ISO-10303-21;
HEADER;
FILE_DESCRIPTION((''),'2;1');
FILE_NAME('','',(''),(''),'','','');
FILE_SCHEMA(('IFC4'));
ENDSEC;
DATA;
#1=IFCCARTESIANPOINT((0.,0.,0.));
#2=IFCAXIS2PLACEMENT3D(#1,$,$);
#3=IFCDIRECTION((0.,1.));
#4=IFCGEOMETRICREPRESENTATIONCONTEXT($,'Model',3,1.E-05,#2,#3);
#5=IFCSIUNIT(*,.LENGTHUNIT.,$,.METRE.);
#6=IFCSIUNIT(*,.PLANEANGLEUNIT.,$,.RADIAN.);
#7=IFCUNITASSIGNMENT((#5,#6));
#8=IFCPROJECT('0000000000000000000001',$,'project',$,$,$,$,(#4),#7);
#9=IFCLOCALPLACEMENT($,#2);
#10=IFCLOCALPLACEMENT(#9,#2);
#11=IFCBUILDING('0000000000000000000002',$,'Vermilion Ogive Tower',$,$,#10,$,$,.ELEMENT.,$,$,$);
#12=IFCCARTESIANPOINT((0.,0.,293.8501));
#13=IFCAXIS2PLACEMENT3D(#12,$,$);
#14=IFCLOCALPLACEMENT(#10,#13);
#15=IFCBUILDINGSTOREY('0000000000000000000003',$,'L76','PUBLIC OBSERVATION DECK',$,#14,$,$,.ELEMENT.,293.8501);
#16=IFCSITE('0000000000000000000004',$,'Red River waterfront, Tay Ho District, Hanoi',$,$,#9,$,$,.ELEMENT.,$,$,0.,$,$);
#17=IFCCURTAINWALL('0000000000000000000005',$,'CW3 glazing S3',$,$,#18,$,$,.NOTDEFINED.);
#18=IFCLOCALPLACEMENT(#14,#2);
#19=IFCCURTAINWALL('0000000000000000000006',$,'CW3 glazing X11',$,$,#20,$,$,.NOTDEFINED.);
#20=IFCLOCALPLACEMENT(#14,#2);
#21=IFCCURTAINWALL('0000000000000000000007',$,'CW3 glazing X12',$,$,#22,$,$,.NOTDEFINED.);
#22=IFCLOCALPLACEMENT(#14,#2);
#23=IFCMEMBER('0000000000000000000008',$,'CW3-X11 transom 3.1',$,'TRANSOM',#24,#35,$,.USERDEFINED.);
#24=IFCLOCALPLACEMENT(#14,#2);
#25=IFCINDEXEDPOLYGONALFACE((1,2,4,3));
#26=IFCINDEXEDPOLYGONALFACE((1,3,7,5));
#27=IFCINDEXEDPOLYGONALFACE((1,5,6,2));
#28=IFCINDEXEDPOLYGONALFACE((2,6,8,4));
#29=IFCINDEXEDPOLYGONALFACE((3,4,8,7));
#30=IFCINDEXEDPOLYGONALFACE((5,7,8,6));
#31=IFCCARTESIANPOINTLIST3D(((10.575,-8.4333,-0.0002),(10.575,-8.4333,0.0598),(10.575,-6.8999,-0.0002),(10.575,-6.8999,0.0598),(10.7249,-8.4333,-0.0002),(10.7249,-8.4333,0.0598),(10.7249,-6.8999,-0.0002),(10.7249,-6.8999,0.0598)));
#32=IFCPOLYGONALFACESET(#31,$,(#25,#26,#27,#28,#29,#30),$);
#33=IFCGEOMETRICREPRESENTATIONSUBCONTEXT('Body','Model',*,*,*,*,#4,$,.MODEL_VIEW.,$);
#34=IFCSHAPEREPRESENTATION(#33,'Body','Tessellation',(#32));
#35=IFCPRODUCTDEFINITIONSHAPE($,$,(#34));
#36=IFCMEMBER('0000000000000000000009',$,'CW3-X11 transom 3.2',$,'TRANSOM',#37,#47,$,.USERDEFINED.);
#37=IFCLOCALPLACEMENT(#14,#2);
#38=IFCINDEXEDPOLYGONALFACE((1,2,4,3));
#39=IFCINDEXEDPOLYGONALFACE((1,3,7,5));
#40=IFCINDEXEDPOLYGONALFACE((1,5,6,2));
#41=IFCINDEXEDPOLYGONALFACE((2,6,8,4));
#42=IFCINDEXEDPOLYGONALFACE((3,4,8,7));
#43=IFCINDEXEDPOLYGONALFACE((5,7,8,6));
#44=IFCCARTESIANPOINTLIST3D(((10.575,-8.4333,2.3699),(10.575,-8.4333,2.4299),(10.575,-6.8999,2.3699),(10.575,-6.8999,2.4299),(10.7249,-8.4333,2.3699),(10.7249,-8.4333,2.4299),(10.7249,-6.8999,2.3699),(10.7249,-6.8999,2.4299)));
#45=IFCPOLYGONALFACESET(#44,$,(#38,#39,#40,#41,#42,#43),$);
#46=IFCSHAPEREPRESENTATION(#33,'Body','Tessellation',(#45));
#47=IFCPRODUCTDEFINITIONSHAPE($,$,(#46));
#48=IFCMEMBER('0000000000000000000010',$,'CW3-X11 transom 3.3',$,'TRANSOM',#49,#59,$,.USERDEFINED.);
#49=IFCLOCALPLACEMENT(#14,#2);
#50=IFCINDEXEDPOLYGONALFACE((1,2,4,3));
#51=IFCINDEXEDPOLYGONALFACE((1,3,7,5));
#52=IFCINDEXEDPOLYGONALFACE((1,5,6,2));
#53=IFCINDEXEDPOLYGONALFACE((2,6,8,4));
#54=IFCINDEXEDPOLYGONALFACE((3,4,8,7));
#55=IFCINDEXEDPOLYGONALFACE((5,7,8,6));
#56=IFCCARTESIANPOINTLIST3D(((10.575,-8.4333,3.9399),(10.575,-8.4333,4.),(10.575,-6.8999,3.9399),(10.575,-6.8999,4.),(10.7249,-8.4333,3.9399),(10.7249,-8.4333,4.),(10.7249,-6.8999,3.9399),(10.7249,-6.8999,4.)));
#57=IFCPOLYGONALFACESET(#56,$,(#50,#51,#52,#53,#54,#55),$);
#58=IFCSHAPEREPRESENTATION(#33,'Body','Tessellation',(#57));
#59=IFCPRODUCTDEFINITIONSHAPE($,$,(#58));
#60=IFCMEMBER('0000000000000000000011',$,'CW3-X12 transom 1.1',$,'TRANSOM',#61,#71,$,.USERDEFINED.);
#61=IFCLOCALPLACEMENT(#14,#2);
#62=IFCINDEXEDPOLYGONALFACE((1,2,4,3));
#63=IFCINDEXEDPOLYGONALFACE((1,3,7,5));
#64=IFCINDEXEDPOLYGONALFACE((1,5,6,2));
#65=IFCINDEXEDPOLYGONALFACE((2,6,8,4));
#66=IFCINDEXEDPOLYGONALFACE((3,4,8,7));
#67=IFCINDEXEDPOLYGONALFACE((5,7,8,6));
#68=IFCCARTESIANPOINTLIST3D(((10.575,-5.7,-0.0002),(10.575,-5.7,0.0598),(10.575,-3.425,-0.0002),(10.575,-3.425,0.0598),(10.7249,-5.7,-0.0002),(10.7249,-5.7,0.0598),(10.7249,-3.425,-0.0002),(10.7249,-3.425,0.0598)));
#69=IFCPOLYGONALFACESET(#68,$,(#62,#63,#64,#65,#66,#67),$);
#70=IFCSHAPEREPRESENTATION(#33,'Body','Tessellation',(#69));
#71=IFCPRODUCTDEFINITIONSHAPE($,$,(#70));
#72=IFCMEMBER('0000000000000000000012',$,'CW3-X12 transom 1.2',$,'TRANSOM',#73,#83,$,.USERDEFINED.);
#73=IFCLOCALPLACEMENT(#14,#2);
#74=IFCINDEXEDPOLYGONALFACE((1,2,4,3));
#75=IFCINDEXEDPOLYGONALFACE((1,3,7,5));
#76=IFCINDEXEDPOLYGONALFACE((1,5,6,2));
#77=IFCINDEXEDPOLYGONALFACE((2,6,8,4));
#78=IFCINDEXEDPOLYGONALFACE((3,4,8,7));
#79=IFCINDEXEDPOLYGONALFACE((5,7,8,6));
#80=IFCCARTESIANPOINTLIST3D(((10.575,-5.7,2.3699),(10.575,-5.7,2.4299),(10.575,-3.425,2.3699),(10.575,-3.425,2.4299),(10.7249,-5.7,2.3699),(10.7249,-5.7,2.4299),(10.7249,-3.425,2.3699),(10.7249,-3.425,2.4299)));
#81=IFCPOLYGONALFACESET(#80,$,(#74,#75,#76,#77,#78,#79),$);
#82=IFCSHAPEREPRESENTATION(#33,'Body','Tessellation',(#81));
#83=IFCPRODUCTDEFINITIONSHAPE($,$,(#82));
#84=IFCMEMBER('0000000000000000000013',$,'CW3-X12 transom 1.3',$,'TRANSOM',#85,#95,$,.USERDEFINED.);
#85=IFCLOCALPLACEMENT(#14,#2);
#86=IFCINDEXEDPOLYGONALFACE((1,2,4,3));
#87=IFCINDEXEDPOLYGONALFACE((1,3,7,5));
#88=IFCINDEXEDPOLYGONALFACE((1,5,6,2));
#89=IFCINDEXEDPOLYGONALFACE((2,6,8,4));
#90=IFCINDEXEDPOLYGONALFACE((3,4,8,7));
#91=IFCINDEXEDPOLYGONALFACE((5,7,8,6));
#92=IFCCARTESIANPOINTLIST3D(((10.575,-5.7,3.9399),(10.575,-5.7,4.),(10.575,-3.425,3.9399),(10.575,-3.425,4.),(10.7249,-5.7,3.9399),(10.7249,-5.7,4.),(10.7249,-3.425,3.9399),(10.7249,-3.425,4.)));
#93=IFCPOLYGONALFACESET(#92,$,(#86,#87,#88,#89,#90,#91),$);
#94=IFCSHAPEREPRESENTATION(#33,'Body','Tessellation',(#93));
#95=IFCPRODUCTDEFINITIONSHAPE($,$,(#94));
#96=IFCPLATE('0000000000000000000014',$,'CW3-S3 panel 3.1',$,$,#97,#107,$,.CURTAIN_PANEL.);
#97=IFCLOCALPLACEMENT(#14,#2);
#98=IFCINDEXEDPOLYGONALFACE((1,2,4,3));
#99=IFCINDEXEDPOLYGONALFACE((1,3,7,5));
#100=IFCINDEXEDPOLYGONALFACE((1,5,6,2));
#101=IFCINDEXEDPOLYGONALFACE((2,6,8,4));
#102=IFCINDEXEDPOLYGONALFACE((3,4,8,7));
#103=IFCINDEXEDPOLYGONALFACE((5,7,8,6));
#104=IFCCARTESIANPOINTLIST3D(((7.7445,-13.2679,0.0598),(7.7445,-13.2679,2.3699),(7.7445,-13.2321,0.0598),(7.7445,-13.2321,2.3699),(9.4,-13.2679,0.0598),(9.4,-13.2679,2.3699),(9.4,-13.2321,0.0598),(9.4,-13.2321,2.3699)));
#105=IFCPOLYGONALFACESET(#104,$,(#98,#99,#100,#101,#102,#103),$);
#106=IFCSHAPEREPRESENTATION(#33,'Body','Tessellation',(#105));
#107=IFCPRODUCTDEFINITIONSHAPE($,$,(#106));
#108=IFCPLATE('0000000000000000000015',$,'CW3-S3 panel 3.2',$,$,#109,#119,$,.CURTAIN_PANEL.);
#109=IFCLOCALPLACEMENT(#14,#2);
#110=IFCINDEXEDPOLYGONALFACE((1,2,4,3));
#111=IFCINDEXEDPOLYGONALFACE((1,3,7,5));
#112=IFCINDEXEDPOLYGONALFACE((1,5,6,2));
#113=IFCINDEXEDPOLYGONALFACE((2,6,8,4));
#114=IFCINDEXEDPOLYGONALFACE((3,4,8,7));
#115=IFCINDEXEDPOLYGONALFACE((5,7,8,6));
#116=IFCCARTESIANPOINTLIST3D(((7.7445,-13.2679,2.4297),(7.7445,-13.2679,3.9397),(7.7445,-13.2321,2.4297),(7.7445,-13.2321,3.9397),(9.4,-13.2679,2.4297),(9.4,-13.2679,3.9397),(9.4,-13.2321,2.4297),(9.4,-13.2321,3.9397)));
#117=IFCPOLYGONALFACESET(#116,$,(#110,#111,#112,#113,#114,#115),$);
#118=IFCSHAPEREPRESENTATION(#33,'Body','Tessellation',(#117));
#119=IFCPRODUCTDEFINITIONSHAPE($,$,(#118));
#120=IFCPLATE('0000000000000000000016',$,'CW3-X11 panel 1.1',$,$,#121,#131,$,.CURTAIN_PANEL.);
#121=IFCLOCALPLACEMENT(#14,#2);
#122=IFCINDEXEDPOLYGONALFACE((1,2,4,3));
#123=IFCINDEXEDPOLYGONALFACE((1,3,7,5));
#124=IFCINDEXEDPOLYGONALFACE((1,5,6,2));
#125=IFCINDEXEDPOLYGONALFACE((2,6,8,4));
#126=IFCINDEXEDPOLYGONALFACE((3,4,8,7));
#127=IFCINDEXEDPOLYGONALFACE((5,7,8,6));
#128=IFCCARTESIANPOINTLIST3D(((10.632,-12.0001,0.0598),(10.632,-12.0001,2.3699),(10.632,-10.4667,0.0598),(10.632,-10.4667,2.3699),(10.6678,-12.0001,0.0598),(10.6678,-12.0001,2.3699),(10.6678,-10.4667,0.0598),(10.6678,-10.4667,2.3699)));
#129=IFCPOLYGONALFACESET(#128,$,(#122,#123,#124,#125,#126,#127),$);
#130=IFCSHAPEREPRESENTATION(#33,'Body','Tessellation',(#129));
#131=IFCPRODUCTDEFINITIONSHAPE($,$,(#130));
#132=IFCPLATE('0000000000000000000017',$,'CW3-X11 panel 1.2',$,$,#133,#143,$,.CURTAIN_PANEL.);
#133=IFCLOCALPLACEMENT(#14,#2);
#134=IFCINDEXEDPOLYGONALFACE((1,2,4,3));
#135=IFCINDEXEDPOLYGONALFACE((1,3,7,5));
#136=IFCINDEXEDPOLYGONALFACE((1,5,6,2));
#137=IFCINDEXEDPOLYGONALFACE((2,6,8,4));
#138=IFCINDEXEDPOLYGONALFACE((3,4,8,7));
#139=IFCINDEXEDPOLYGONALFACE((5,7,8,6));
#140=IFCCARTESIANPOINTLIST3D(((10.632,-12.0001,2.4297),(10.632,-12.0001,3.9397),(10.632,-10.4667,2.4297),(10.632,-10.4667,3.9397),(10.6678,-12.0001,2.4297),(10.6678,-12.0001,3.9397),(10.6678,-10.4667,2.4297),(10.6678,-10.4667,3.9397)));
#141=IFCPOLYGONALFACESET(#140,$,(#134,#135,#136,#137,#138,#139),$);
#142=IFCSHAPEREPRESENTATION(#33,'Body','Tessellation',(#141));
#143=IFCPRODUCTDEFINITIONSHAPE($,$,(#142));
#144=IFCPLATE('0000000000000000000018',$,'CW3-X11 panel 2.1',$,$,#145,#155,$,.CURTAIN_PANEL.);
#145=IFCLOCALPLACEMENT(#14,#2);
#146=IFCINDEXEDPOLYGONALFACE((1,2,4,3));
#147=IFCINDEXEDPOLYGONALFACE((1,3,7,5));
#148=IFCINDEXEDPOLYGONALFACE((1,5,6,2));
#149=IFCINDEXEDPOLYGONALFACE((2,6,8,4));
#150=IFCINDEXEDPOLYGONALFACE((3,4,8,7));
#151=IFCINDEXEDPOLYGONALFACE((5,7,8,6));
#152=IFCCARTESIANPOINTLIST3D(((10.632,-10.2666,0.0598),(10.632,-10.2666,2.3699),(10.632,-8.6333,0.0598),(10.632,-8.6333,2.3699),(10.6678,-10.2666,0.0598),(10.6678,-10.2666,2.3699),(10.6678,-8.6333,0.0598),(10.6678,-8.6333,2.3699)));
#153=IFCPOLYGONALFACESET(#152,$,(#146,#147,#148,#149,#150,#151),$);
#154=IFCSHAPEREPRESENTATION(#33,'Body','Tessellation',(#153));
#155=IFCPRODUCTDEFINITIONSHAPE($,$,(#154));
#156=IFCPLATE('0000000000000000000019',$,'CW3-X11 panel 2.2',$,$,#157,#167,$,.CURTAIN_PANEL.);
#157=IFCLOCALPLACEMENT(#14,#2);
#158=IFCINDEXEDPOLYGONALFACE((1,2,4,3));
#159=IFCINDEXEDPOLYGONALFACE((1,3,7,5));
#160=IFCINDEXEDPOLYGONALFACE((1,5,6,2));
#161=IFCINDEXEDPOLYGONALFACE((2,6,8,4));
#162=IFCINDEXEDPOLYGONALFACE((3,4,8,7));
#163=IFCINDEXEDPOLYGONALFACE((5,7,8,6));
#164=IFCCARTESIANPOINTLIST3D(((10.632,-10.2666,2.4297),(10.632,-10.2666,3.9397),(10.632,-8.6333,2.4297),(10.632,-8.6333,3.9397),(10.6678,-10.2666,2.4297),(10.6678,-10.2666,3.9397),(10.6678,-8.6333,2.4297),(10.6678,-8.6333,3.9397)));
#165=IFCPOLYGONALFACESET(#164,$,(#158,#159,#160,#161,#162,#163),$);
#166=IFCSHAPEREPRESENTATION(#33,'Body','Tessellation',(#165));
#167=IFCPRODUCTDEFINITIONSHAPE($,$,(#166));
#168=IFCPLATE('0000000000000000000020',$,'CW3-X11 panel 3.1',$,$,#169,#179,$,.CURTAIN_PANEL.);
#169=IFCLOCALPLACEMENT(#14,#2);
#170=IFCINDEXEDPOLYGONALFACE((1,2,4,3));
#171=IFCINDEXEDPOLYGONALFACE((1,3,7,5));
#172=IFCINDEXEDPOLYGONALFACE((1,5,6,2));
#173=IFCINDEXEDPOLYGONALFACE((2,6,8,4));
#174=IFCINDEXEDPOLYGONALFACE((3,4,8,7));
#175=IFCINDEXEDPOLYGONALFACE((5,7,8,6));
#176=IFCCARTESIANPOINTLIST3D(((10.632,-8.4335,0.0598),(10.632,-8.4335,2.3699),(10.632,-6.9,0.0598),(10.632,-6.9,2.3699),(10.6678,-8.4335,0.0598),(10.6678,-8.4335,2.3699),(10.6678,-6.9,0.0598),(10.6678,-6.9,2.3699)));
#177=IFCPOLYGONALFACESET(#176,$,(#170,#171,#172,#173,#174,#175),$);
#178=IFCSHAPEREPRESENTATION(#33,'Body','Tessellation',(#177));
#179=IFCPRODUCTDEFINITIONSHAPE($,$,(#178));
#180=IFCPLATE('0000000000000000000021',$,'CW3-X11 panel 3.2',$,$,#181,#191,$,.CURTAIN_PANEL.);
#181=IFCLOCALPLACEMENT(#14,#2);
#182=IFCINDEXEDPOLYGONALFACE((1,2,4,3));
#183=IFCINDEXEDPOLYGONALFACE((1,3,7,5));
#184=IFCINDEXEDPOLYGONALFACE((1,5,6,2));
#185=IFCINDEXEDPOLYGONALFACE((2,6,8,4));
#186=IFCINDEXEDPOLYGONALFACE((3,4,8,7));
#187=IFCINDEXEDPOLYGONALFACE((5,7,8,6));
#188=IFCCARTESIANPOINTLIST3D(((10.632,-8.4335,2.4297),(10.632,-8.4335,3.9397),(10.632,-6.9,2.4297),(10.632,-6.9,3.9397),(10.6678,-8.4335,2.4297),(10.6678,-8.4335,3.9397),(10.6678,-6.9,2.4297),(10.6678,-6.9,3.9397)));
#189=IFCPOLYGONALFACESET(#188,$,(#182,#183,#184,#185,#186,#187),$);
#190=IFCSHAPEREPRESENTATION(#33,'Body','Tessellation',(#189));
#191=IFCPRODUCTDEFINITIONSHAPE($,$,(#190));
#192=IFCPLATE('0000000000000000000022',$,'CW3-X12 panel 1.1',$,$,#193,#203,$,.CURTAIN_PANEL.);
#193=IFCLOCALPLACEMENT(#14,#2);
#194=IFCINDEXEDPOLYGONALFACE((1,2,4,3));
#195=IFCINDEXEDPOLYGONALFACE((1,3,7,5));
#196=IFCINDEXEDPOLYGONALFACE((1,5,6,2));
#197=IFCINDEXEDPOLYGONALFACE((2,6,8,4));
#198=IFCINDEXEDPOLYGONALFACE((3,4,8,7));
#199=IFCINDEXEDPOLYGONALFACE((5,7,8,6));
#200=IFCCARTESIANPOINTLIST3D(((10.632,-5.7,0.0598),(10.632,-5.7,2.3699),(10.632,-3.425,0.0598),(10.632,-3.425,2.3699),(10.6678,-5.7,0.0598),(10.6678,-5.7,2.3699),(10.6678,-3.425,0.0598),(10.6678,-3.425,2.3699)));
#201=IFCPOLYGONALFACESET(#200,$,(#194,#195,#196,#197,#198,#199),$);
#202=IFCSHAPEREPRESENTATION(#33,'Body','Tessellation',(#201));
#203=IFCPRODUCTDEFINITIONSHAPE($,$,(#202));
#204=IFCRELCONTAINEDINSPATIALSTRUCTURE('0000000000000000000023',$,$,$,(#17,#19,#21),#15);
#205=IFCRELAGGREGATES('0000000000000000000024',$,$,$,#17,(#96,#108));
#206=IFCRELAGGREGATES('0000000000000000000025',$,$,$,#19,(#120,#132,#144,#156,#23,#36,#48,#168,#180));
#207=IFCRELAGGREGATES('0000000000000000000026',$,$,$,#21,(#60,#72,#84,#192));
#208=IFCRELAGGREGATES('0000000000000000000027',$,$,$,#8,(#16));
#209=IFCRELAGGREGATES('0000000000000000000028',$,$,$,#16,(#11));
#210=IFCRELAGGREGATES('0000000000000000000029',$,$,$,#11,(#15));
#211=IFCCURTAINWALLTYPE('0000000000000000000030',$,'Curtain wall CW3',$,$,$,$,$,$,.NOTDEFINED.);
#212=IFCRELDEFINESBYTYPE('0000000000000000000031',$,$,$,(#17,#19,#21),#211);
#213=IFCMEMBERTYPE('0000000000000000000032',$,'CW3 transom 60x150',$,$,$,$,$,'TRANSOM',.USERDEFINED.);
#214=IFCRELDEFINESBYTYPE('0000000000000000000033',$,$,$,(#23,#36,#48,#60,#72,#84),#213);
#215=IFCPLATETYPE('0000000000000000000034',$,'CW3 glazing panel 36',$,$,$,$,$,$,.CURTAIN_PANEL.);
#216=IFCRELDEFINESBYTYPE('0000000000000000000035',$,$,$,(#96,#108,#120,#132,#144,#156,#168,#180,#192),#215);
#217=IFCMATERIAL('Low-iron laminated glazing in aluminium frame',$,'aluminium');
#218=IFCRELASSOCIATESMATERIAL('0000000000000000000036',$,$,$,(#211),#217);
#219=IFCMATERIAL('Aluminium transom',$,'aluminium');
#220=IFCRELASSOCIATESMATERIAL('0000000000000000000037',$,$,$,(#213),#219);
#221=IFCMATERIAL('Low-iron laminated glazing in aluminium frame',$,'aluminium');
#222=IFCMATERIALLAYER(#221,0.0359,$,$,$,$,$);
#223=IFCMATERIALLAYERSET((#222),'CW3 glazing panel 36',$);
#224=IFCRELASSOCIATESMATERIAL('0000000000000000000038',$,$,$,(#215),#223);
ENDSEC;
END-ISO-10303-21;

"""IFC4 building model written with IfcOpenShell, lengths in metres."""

from ifc_helpers import new_model, si_unit, direction, frame, origin, origin_2d, place, context, subcontext, project, spatial, rectangle, extrude, material, layer, layer_set, material_profile, profile_set, type_object, element, aggregate, save


model = new_model("IFC4")

# Units and contexts
model_context = context("Model", 3, precision=1e-05, world=origin(), true_north=direction((0.0, 1.0)))
body_context = subcontext(model_context, "Body", "Model", "MODEL_VIEW")
ifc_project = project(units=[si_unit("LENGTHUNIT", "METRE"), si_unit("PLANEANGLEUNIT", "RADIAN")], contexts=[model_context])

# Site, building, storey
site_placement = place(None, origin())
site = spatial("IfcSite", under=ifc_project, at=site_placement, Name="Red River waterfront, Tay Ho District, Hanoi", CompositionType="ELEMENT", RefElevation=0.0)
building_placement = place(site_placement, origin())
building = spatial("IfcBuilding", under=site, at=building_placement, Name="Vermilion Ogive Tower", CompositionType="ELEMENT")
storey_placement = place(building_placement, frame((0.0, 0.0, 293.8501)))
storey = spatial("IfcBuildingStorey", under=building, at=storey_placement, Name="L76", Description="PUBLIC OBSERVATION DECK", CompositionType="ELEMENT", Elevation=293.8501)

# Curtain wall
ifc_material_1 = material(Name="Low-iron laminated glazing in aluminium frame", Category="aluminium")
curtain_wall_type = type_object("IfcCurtainWallType", Name="Curtain wall CW3", PredefinedType="NOTDEFINED", material=ifc_material_1)
curtain_wall_1_placement = place(storey_placement, origin())
curtain_wall_1 = element("IfcCurtainWall", 1, at=curtain_wall_1_placement, inside=storey, type_object=curtain_wall_type, Name="CW3 glazing S3", PredefinedType="NOTDEFINED")

# Curtain walls
curtain_wall_2_placement = place(storey_placement, origin())
curtain_wall_2 = element("IfcCurtainWall", 2, at=curtain_wall_2_placement, inside=storey, type_object=curtain_wall_type, Name="CW3 glazing X11", PredefinedType="NOTDEFINED")
curtain_wall_3_placement = place(storey_placement, origin())
curtain_wall_3 = element("IfcCurtainWall", 3, at=curtain_wall_3_placement, inside=storey, type_object=curtain_wall_type, Name="CW3 glazing X12", PredefinedType="NOTDEFINED")

# Members
ifc_material_2 = material(Name="Aluminium transom", Category="aluminium")
ifc_material_profile_1 = material_profile(ifc_material_2, rectangle(XDim=0.1499, YDim=0.0601, at=origin_2d()), Name="AL 60x150")
ifc_profile_set_1 = profile_set([ifc_material_profile_1], Name="Aluminium transom")
member_type_1 = type_object("IfcMemberType", Name="CW3 transom 60x150", ElementType="TRANSOM", PredefinedType="USERDEFINED", material=ifc_profile_set_1)
member_1_placement = place(storey_placement, frame((10.6499, -8.4333, 0.0298), z_axis=(0.0, 1.0, 0.0), x_axis=(-1.0, 0.0, 0.0)))
member_1 = element("IfcMember", 4, at=member_1_placement, type_object=member_type_1, Name="CW3-X11 transom 3.1", ObjectType="TRANSOM", PredefinedType="USERDEFINED", context=body_context, shape_type="SweptSolid", body=[
    extrude(rectangle(XDim=0.1499, YDim=0.0601, at=origin_2d()), origin(), (0.0, 0.0, 1.0), 1.5334),
])
member_2_placement = place(storey_placement, frame((10.6499, -8.4333, 2.3999), z_axis=(0.0, 1.0, 0.0), x_axis=(-1.0, 0.0, 0.0)))
member_2 = element("IfcMember", 5, at=member_2_placement, type_object=member_type_1, Name="CW3-X11 transom 3.2", ObjectType="TRANSOM", PredefinedType="USERDEFINED", context=body_context, shape_type="SweptSolid", body=[
    extrude(rectangle(XDim=0.1499, YDim=0.0601, at=origin_2d()), origin(), (0.0, 0.0, 1.0), 1.5334),
])
member_3_placement = place(storey_placement, frame((10.6499, -8.4333, 3.97), z_axis=(0.0, 1.0, 0.0), x_axis=(-1.0, 0.0, 0.0)))
member_3 = element("IfcMember", 6, at=member_3_placement, type_object=member_type_1, Name="CW3-X11 transom 3.3", ObjectType="TRANSOM", PredefinedType="USERDEFINED", context=body_context, shape_type="SweptSolid", body=[
    extrude(rectangle(XDim=0.1499, YDim=0.0601, at=origin_2d()), origin(), (0.0, 0.0, 1.0), 1.5334),
])
member_4_placement = place(storey_placement, frame((10.6499, -5.7, 0.0298), z_axis=(0.0, 1.0, 0.0), x_axis=(-1.0, 0.0, 0.0)))
member_4 = element("IfcMember", 7, at=member_4_placement, type_object=member_type_1, Name="CW3-X12 transom 1.1", ObjectType="TRANSOM", PredefinedType="USERDEFINED", context=body_context, shape_type="SweptSolid", body=[
    extrude(rectangle(XDim=0.1499, YDim=0.0601, at=origin_2d()), origin(), (0.0, 0.0, 1.0), 2.2749),
])
member_5_placement = place(storey_placement, frame((10.6499, -5.7, 2.3999), z_axis=(0.0, 1.0, 0.0), x_axis=(-1.0, 0.0, 0.0)))
member_5 = element("IfcMember", 8, at=member_5_placement, type_object=member_type_1, Name="CW3-X12 transom 1.2", ObjectType="TRANSOM", PredefinedType="USERDEFINED", context=body_context, shape_type="SweptSolid", body=[
    extrude(rectangle(XDim=0.1499, YDim=0.0601, at=origin_2d()), origin(), (0.0, 0.0, 1.0), 2.2749),
])
member_6_placement = place(storey_placement, frame((10.6499, -5.7, 3.97), z_axis=(0.0, 1.0, 0.0), x_axis=(-1.0, 0.0, 0.0)))
member_6 = element("IfcMember", 9, at=member_6_placement, type_object=member_type_1, Name="CW3-X12 transom 1.3", ObjectType="TRANSOM", PredefinedType="USERDEFINED", context=body_context, shape_type="SweptSolid", body=[
    extrude(rectangle(XDim=0.1499, YDim=0.0601, at=origin_2d()), origin(), (0.0, 0.0, 1.0), 2.2749),
])

# Plates
ifc_material_3 = material(Name="Low-iron laminated glazing in aluminium frame", Category="aluminium")
ifc_layer_1 = layer(ifc_material_3, 0.0359)
ifc_layer_set_1 = layer_set([ifc_layer_1], Name="CW3 glazing panel 36")
plate_type = type_object("IfcPlateType", Name="CW3 glazing panel 36", PredefinedType="CURTAIN_PANEL", material=ifc_layer_set_1)
plate_1_placement = place(storey_placement, frame((8.5723, -13.25, 0.0598), z_axis=(0.0, 0.0, 1.0), x_axis=(1.0, 0.0, 0.0)))
plate_1 = element("IfcPlate", 10, at=plate_1_placement, type_object=plate_type, Name="CW3-S3 panel 3.1", PredefinedType="CURTAIN_PANEL", context=body_context, shape_type="SweptSolid", body=[
    extrude(rectangle(XDim=1.6555, YDim=0.0359, at=origin_2d()), origin(), (0.0, 0.0, 1.0), 2.3101),
])
plate_2_placement = place(storey_placement, frame((8.5723, -13.25, 2.4297), z_axis=(0.0, 0.0, 1.0), x_axis=(1.0, 0.0, 0.0)))
plate_2 = element("IfcPlate", 11, at=plate_2_placement, type_object=plate_type, Name="CW3-S3 panel 3.2", PredefinedType="CURTAIN_PANEL", context=body_context, shape_type="SweptSolid", body=[
    extrude(rectangle(XDim=1.6555, YDim=0.0359, at=origin_2d()), origin(), (0.0, 0.0, 1.0), 1.51),
])
aggregate(curtain_wall_1, [plate_1, plate_2])
plate_3_placement = place(storey_placement, frame((10.6499, -11.2334, 0.0598), z_axis=(0.0, 0.0, 1.0), x_axis=(0.0, 1.0, 0.0)))
plate_3 = element("IfcPlate", 12, at=plate_3_placement, type_object=plate_type, Name="CW3-X11 panel 1.1", PredefinedType="CURTAIN_PANEL", context=body_context, shape_type="SweptSolid", body=[
    extrude(rectangle(XDim=1.5334, YDim=0.0359, at=origin_2d()), origin(), (0.0, 0.0, 1.0), 2.3101),
])
plate_4_placement = place(storey_placement, frame((10.6499, -11.2334, 2.4297), z_axis=(0.0, 0.0, 1.0), x_axis=(0.0, 1.0, 0.0)))
plate_4 = element("IfcPlate", 13, at=plate_4_placement, type_object=plate_type, Name="CW3-X11 panel 1.2", PredefinedType="CURTAIN_PANEL", context=body_context, shape_type="SweptSolid", body=[
    extrude(rectangle(XDim=1.5334, YDim=0.0359, at=origin_2d()), origin(), (0.0, 0.0, 1.0), 1.51),
])
plate_5_placement = place(storey_placement, frame((10.6499, -9.45, 0.0598), z_axis=(0.0, 0.0, 1.0), x_axis=(0.0, 1.0, 0.0)))
plate_5 = element("IfcPlate", 14, at=plate_5_placement, type_object=plate_type, Name="CW3-X11 panel 2.1", PredefinedType="CURTAIN_PANEL", context=body_context, shape_type="SweptSolid", body=[
    extrude(rectangle(XDim=1.6333, YDim=0.0359, at=origin_2d()), origin(), (0.0, 0.0, 1.0), 2.3101),
])
plate_6_placement = place(storey_placement, frame((10.6499, -9.45, 2.4297), z_axis=(0.0, 0.0, 1.0), x_axis=(0.0, 1.0, 0.0)))
plate_6 = element("IfcPlate", 15, at=plate_6_placement, type_object=plate_type, Name="CW3-X11 panel 2.2", PredefinedType="CURTAIN_PANEL", context=body_context, shape_type="SweptSolid", body=[
    extrude(rectangle(XDim=1.6333, YDim=0.0359, at=origin_2d()), origin(), (0.0, 0.0, 1.0), 1.51),
])
plate_7_placement = place(storey_placement, frame((10.6499, -7.6667, 0.0598), z_axis=(0.0, 0.0, 1.0), x_axis=(0.0, 1.0, 0.0)))
plate_7 = element("IfcPlate", 16, at=plate_7_placement, type_object=plate_type, Name="CW3-X11 panel 3.1", PredefinedType="CURTAIN_PANEL", context=body_context, shape_type="SweptSolid", body=[
    extrude(rectangle(XDim=1.5334, YDim=0.0359, at=origin_2d()), origin(), (0.0, 0.0, 1.0), 2.3101),
])
plate_8_placement = place(storey_placement, frame((10.6499, -7.6667, 2.4297), z_axis=(0.0, 0.0, 1.0), x_axis=(0.0, 1.0, 0.0)))
plate_8 = element("IfcPlate", 17, at=plate_8_placement, type_object=plate_type, Name="CW3-X11 panel 3.2", PredefinedType="CURTAIN_PANEL", context=body_context, shape_type="SweptSolid", body=[
    extrude(rectangle(XDim=1.5334, YDim=0.0359, at=origin_2d()), origin(), (0.0, 0.0, 1.0), 1.51),
])
aggregate(curtain_wall_2, [plate_3, plate_4, plate_5, plate_6, member_1, member_2, member_3, plate_7, plate_8])
plate_9_placement = place(storey_placement, frame((10.6499, -4.5625, 0.0598), z_axis=(0.0, 0.0, 1.0), x_axis=(0.0, 1.0, 0.0)))
plate_9 = element("IfcPlate", 18, at=plate_9_placement, type_object=plate_type, Name="CW3-X12 panel 1.1", PredefinedType="CURTAIN_PANEL", context=body_context, shape_type="SweptSolid", body=[
    extrude(rectangle(XDim=2.2749, YDim=0.0359, at=origin_2d()), origin(), (0.0, 0.0, 1.0), 2.3101),
])
aggregate(curtain_wall_3, [member_4, member_5, member_6, plate_9])

save(model, "model.ifc")
